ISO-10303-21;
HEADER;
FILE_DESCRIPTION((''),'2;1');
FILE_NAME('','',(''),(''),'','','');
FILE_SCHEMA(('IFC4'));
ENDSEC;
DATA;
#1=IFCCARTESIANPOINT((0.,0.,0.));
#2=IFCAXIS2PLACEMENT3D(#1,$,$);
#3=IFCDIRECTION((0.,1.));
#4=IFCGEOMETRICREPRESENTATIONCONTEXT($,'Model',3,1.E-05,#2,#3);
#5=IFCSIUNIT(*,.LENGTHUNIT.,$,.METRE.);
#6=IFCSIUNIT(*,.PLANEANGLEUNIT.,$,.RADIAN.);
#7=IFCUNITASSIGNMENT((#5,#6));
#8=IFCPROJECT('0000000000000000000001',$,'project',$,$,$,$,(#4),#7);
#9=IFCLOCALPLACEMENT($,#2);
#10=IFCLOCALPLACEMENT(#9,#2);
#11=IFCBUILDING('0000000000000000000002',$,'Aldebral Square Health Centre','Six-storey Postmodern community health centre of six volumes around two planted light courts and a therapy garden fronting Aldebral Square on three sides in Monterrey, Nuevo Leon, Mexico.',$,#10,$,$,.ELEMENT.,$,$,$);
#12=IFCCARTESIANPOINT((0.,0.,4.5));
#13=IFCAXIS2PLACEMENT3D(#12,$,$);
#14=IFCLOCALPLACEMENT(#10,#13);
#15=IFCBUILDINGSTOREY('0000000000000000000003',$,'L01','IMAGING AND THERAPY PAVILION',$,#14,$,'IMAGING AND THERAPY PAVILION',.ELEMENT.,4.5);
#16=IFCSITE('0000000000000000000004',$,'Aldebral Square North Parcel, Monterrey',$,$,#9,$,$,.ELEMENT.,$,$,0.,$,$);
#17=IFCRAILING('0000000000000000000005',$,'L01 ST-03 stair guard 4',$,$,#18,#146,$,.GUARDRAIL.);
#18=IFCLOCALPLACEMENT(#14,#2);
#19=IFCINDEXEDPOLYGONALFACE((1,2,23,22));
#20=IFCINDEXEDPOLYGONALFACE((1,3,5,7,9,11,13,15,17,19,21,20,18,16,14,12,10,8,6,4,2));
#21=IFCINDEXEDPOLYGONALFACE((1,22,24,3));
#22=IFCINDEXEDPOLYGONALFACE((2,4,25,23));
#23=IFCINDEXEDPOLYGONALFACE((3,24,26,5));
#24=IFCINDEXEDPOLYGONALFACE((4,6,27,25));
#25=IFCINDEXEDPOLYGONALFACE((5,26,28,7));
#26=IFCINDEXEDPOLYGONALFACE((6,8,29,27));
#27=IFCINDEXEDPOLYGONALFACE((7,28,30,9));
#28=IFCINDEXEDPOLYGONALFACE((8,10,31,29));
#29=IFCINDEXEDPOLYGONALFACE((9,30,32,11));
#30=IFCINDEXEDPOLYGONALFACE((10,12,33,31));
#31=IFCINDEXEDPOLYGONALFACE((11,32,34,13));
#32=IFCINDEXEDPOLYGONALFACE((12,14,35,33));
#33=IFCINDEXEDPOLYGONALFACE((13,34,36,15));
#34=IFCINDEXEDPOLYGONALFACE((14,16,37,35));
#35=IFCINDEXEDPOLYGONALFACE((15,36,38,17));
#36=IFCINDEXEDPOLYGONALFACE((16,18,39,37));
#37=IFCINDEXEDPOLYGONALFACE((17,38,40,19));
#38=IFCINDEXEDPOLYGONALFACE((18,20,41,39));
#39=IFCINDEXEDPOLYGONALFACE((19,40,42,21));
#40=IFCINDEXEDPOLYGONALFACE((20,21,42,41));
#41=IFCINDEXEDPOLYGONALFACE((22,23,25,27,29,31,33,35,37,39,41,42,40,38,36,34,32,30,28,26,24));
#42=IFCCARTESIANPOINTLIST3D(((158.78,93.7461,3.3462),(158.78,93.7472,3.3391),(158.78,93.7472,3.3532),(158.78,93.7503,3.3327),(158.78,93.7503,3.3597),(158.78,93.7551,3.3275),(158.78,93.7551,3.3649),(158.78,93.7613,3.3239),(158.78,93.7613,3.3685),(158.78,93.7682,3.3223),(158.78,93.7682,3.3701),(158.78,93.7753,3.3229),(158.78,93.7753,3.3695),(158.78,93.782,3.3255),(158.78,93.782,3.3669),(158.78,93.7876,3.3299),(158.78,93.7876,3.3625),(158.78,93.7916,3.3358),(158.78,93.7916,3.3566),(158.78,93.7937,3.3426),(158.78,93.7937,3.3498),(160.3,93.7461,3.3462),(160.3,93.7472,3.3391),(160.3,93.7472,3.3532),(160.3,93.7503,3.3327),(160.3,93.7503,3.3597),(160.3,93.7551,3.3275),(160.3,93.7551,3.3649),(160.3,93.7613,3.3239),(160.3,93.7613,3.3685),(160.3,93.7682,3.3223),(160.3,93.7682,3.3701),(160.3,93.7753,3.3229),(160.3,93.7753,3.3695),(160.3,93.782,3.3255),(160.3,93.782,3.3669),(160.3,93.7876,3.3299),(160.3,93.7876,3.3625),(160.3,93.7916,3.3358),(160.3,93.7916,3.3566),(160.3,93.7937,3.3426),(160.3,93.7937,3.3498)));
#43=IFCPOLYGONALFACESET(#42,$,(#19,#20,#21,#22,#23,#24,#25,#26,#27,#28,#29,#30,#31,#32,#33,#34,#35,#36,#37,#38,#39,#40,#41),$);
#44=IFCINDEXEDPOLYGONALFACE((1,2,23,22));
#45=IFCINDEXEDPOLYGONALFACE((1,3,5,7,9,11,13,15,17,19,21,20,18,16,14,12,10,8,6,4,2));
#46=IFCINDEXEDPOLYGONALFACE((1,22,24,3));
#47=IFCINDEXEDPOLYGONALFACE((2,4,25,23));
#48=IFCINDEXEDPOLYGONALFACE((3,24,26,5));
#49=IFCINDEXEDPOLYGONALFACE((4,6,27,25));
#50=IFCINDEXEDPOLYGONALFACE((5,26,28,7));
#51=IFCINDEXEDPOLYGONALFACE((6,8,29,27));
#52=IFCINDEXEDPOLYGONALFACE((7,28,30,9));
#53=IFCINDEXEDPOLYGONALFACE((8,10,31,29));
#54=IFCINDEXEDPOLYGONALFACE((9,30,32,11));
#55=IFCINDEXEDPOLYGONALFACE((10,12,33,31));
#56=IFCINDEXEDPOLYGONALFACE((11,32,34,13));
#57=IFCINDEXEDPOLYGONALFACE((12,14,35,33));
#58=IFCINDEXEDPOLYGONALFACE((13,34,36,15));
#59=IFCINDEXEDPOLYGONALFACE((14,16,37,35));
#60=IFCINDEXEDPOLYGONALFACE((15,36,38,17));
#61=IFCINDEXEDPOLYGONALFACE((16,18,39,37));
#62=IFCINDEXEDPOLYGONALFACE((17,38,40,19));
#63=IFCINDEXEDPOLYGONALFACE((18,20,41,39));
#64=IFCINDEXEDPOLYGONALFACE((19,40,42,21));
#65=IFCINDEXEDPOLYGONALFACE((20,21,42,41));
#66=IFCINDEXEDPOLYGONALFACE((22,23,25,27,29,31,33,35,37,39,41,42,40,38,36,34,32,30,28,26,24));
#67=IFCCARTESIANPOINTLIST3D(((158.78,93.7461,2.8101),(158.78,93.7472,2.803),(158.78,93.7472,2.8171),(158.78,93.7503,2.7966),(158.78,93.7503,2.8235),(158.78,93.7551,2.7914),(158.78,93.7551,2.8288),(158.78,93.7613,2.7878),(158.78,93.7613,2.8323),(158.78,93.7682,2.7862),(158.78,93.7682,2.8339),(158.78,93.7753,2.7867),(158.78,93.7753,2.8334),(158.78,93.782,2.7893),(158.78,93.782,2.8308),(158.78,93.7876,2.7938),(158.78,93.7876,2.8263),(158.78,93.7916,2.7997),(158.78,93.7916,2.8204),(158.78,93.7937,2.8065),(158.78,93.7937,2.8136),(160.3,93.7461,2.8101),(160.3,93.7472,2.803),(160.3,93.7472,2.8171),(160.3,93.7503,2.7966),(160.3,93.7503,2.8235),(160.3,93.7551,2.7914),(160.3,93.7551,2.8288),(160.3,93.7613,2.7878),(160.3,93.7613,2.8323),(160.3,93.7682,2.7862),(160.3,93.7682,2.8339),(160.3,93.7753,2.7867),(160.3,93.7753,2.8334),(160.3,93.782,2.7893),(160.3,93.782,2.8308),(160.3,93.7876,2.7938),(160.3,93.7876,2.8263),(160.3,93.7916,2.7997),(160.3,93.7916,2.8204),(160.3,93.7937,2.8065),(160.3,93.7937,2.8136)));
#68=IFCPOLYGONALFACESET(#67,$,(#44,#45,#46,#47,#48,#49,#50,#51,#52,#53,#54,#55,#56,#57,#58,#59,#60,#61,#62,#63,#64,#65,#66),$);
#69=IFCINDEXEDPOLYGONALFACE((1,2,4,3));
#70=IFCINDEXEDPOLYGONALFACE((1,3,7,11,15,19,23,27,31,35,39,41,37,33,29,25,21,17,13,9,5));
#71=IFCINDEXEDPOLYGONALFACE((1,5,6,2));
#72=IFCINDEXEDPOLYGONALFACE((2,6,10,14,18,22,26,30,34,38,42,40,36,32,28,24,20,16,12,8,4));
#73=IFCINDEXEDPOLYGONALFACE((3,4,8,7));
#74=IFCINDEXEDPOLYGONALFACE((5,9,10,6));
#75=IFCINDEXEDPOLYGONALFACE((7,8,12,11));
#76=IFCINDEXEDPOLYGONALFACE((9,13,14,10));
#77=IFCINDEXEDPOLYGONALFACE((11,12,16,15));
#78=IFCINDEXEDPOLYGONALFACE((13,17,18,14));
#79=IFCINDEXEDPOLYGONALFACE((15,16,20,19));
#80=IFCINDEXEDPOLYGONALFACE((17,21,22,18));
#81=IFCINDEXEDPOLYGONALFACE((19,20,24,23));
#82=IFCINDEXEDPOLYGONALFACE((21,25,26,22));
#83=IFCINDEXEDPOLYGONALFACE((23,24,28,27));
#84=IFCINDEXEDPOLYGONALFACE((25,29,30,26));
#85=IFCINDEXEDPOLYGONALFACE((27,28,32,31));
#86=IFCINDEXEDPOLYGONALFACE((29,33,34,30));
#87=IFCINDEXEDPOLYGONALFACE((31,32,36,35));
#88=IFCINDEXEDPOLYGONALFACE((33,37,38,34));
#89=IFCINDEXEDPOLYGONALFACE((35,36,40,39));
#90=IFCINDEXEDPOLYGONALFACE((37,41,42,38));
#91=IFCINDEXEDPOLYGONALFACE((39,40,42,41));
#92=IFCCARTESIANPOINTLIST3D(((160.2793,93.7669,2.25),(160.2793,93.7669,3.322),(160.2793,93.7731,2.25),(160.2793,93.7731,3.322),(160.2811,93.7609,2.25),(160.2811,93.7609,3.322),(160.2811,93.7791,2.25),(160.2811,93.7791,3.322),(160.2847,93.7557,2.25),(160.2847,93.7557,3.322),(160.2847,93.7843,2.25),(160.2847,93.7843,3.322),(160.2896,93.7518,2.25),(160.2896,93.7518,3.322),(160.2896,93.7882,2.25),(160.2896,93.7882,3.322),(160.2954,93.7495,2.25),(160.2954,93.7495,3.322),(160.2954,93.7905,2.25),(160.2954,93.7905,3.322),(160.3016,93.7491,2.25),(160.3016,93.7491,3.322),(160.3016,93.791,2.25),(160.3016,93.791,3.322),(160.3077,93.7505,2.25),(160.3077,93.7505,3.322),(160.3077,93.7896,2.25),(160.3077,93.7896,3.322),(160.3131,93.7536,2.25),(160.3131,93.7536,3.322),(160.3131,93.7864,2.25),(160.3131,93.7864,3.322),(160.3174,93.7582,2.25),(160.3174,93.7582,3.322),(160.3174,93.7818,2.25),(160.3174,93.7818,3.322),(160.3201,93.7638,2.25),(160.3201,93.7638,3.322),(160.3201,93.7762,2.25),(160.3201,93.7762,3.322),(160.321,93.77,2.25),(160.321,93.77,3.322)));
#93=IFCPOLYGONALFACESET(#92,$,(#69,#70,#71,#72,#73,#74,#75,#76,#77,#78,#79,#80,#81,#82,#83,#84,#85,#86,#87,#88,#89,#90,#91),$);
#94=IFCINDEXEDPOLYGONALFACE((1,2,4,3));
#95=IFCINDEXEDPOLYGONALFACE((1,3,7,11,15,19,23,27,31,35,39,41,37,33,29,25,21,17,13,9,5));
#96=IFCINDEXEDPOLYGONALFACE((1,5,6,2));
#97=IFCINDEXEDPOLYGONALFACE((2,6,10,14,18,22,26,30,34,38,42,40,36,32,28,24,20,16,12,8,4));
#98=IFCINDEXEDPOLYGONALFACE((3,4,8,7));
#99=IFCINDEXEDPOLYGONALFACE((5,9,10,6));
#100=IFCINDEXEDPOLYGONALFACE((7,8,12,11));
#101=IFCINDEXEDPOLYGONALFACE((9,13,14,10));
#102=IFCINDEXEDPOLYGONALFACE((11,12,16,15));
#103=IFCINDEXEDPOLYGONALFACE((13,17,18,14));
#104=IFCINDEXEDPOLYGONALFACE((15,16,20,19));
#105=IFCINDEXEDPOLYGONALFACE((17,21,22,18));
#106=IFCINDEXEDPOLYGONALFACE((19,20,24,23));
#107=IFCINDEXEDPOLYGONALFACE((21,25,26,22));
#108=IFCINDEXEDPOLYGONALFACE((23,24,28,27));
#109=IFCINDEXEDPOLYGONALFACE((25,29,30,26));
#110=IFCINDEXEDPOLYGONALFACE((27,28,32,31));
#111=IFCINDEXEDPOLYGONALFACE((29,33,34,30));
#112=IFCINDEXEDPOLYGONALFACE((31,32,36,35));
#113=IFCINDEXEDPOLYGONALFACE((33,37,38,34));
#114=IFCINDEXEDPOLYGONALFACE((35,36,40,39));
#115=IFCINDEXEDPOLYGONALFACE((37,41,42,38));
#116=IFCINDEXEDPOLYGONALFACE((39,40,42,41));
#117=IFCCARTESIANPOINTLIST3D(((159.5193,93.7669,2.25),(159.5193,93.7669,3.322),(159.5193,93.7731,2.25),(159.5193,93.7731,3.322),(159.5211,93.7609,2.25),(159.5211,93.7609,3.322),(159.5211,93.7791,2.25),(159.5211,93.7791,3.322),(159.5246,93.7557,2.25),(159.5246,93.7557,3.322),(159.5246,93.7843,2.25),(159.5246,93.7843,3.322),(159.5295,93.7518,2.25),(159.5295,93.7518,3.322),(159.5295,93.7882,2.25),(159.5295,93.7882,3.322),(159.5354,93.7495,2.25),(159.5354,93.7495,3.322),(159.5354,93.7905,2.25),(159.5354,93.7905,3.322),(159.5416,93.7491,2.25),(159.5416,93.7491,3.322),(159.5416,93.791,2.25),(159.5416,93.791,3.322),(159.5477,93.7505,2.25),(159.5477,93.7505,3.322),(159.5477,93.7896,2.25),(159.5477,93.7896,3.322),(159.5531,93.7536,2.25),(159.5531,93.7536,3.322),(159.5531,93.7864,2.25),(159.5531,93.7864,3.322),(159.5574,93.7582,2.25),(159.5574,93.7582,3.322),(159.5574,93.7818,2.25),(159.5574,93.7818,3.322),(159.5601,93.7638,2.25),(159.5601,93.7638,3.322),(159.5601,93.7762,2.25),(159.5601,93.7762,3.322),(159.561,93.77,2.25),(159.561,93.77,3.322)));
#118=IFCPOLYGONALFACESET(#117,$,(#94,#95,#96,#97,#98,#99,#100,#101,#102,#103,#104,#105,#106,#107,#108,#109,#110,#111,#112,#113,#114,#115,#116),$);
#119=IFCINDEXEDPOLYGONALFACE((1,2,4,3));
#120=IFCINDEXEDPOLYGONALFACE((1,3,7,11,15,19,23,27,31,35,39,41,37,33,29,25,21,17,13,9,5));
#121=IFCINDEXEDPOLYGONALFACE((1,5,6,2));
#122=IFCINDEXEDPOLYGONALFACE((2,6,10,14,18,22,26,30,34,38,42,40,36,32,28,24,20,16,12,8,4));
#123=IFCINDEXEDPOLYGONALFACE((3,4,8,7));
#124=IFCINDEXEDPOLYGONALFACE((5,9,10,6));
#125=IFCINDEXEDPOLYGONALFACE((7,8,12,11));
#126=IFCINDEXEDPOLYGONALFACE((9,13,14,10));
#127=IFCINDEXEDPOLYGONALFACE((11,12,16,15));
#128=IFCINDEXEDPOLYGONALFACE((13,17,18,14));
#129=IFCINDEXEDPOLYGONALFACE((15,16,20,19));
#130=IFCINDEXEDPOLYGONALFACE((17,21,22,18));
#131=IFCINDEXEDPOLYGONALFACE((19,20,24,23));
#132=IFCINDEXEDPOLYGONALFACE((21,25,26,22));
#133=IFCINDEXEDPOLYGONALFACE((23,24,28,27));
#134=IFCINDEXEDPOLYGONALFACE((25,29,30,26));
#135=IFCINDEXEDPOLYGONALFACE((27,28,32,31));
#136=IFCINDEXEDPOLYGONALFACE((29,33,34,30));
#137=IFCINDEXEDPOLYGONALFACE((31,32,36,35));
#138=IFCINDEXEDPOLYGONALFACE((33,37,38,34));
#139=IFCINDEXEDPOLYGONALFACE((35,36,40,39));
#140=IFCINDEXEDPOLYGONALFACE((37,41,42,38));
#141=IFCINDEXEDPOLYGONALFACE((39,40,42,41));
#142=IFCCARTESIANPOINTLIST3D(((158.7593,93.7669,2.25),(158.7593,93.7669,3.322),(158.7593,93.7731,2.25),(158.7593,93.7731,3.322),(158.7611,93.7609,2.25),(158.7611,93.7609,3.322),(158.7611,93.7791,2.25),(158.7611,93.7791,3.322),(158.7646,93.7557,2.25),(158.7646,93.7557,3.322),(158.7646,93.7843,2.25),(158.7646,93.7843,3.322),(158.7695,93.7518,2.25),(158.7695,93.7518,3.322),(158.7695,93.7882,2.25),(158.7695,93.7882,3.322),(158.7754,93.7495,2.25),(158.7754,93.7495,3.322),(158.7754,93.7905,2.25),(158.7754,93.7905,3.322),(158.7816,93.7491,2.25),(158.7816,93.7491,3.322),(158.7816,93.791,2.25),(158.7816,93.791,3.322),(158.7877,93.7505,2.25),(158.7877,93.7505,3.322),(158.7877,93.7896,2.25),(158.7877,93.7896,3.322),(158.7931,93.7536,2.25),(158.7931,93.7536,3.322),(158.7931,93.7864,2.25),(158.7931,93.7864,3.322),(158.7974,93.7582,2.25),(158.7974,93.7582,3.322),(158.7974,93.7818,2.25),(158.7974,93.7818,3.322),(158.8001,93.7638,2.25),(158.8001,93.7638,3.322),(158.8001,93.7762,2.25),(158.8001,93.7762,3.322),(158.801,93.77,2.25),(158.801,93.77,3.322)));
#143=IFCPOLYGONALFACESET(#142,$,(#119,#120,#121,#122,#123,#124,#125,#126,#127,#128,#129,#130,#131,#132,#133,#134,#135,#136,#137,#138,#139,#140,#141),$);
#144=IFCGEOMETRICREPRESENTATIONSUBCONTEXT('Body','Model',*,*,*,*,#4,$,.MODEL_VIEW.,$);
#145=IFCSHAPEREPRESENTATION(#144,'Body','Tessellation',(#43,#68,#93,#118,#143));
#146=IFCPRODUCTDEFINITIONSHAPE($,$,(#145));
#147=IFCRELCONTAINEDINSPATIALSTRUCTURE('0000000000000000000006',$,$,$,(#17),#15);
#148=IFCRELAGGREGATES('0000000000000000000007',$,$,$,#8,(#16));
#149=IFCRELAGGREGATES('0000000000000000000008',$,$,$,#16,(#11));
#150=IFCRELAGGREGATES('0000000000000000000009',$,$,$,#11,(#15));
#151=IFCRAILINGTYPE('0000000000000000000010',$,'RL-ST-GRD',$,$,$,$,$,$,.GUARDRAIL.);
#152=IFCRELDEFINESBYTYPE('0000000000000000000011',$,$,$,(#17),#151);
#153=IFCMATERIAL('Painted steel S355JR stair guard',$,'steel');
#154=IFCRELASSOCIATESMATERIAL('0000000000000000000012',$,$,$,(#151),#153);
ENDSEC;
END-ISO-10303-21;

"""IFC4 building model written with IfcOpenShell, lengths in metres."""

from ifc_helpers import new_model, si_unit, direction, frame, origin, origin_2d, place, context, subcontext, project, spatial, circle, extrude, material, type_object, element, save


model = new_model("IFC4")

# Units and contexts
model_context = context("Model", 3, precision=1e-05, world=origin(), true_north=direction((0.0, 1.0)))
body_context = subcontext(model_context, "Body", "Model", "MODEL_VIEW")
ifc_project = project(units=[si_unit("LENGTHUNIT", "METRE"), si_unit("PLANEANGLEUNIT", "RADIAN")], contexts=[model_context])

# Site, building, storey
site_placement = place(None, origin())
site = spatial("IfcSite", under=ifc_project, at=site_placement, Name="Aldebral Square North Parcel, Monterrey", CompositionType="ELEMENT", RefElevation=0.0)
building_placement = place(site_placement, origin())
building = spatial("IfcBuilding", under=site, at=building_placement, Name="Aldebral Square Health Centre", Description="Six-storey Postmodern community health centre of six volumes around two planted light courts and a therapy garden fronting Aldebral Square on three sides in Monterrey, Nuevo Leon, Mexico.", CompositionType="ELEMENT")
storey_placement = place(building_placement, frame((0.0, 0.0, 4.5)))
storey = spatial("IfcBuildingStorey", under=building, at=storey_placement, Name="L01", Description="IMAGING AND THERAPY PAVILION", LongName="IMAGING AND THERAPY PAVILION", CompositionType="ELEMENT", Elevation=4.5)

# Railing
ifc_material_1 = material(Name="Painted steel S355JR stair guard", Category="steel")
railing_type_1 = type_object("IfcRailingType", Name="RL-ST-GRD", PredefinedType="GUARDRAIL", material=ifc_material_1)
railing_1_placement = place(storey_placement, frame((160.3, 93.77, 2.25)))
element("IfcRailing", 1, at=railing_1_placement, inside=storey, type_object=railing_type_1, Name="L01 ST-03 stair guard 4", PredefinedType="GUARDRAIL", context=body_context, shape_type="SweptSolid", body=[
    extrude(circle(Radius=0.0239, at=origin_2d()), frame((0.0, 0.0, 1.0962), z_axis=(-1.0, 0.0, 0.0), x_axis=(0.0, -1.0, 0.0)), (0.0, 0.0, 1.0), 1.52),
    extrude(circle(Radius=0.0239, at=origin_2d()), frame((0.0, 0.0, 0.5601), z_axis=(-1.0, 0.0, 0.0), x_axis=(0.0, -1.0, 0.0)), (0.0, 0.0, 1.0), 1.52),
    extrude(circle(Radius=0.021, at=origin_2d()), origin(), (0.0, 0.0, 1.0), 1.072),
    extrude(circle(Radius=0.021, at=origin_2d()), frame((-0.76, 0.0, 0.0)), (0.0, 0.0, 1.0), 1.072),
    extrude(circle(Radius=0.021, at=origin_2d()), frame((-1.52, 0.0, 0.0)), (0.0, 0.0, 1.0), 1.072),
])

save(model, "model.ifc")
